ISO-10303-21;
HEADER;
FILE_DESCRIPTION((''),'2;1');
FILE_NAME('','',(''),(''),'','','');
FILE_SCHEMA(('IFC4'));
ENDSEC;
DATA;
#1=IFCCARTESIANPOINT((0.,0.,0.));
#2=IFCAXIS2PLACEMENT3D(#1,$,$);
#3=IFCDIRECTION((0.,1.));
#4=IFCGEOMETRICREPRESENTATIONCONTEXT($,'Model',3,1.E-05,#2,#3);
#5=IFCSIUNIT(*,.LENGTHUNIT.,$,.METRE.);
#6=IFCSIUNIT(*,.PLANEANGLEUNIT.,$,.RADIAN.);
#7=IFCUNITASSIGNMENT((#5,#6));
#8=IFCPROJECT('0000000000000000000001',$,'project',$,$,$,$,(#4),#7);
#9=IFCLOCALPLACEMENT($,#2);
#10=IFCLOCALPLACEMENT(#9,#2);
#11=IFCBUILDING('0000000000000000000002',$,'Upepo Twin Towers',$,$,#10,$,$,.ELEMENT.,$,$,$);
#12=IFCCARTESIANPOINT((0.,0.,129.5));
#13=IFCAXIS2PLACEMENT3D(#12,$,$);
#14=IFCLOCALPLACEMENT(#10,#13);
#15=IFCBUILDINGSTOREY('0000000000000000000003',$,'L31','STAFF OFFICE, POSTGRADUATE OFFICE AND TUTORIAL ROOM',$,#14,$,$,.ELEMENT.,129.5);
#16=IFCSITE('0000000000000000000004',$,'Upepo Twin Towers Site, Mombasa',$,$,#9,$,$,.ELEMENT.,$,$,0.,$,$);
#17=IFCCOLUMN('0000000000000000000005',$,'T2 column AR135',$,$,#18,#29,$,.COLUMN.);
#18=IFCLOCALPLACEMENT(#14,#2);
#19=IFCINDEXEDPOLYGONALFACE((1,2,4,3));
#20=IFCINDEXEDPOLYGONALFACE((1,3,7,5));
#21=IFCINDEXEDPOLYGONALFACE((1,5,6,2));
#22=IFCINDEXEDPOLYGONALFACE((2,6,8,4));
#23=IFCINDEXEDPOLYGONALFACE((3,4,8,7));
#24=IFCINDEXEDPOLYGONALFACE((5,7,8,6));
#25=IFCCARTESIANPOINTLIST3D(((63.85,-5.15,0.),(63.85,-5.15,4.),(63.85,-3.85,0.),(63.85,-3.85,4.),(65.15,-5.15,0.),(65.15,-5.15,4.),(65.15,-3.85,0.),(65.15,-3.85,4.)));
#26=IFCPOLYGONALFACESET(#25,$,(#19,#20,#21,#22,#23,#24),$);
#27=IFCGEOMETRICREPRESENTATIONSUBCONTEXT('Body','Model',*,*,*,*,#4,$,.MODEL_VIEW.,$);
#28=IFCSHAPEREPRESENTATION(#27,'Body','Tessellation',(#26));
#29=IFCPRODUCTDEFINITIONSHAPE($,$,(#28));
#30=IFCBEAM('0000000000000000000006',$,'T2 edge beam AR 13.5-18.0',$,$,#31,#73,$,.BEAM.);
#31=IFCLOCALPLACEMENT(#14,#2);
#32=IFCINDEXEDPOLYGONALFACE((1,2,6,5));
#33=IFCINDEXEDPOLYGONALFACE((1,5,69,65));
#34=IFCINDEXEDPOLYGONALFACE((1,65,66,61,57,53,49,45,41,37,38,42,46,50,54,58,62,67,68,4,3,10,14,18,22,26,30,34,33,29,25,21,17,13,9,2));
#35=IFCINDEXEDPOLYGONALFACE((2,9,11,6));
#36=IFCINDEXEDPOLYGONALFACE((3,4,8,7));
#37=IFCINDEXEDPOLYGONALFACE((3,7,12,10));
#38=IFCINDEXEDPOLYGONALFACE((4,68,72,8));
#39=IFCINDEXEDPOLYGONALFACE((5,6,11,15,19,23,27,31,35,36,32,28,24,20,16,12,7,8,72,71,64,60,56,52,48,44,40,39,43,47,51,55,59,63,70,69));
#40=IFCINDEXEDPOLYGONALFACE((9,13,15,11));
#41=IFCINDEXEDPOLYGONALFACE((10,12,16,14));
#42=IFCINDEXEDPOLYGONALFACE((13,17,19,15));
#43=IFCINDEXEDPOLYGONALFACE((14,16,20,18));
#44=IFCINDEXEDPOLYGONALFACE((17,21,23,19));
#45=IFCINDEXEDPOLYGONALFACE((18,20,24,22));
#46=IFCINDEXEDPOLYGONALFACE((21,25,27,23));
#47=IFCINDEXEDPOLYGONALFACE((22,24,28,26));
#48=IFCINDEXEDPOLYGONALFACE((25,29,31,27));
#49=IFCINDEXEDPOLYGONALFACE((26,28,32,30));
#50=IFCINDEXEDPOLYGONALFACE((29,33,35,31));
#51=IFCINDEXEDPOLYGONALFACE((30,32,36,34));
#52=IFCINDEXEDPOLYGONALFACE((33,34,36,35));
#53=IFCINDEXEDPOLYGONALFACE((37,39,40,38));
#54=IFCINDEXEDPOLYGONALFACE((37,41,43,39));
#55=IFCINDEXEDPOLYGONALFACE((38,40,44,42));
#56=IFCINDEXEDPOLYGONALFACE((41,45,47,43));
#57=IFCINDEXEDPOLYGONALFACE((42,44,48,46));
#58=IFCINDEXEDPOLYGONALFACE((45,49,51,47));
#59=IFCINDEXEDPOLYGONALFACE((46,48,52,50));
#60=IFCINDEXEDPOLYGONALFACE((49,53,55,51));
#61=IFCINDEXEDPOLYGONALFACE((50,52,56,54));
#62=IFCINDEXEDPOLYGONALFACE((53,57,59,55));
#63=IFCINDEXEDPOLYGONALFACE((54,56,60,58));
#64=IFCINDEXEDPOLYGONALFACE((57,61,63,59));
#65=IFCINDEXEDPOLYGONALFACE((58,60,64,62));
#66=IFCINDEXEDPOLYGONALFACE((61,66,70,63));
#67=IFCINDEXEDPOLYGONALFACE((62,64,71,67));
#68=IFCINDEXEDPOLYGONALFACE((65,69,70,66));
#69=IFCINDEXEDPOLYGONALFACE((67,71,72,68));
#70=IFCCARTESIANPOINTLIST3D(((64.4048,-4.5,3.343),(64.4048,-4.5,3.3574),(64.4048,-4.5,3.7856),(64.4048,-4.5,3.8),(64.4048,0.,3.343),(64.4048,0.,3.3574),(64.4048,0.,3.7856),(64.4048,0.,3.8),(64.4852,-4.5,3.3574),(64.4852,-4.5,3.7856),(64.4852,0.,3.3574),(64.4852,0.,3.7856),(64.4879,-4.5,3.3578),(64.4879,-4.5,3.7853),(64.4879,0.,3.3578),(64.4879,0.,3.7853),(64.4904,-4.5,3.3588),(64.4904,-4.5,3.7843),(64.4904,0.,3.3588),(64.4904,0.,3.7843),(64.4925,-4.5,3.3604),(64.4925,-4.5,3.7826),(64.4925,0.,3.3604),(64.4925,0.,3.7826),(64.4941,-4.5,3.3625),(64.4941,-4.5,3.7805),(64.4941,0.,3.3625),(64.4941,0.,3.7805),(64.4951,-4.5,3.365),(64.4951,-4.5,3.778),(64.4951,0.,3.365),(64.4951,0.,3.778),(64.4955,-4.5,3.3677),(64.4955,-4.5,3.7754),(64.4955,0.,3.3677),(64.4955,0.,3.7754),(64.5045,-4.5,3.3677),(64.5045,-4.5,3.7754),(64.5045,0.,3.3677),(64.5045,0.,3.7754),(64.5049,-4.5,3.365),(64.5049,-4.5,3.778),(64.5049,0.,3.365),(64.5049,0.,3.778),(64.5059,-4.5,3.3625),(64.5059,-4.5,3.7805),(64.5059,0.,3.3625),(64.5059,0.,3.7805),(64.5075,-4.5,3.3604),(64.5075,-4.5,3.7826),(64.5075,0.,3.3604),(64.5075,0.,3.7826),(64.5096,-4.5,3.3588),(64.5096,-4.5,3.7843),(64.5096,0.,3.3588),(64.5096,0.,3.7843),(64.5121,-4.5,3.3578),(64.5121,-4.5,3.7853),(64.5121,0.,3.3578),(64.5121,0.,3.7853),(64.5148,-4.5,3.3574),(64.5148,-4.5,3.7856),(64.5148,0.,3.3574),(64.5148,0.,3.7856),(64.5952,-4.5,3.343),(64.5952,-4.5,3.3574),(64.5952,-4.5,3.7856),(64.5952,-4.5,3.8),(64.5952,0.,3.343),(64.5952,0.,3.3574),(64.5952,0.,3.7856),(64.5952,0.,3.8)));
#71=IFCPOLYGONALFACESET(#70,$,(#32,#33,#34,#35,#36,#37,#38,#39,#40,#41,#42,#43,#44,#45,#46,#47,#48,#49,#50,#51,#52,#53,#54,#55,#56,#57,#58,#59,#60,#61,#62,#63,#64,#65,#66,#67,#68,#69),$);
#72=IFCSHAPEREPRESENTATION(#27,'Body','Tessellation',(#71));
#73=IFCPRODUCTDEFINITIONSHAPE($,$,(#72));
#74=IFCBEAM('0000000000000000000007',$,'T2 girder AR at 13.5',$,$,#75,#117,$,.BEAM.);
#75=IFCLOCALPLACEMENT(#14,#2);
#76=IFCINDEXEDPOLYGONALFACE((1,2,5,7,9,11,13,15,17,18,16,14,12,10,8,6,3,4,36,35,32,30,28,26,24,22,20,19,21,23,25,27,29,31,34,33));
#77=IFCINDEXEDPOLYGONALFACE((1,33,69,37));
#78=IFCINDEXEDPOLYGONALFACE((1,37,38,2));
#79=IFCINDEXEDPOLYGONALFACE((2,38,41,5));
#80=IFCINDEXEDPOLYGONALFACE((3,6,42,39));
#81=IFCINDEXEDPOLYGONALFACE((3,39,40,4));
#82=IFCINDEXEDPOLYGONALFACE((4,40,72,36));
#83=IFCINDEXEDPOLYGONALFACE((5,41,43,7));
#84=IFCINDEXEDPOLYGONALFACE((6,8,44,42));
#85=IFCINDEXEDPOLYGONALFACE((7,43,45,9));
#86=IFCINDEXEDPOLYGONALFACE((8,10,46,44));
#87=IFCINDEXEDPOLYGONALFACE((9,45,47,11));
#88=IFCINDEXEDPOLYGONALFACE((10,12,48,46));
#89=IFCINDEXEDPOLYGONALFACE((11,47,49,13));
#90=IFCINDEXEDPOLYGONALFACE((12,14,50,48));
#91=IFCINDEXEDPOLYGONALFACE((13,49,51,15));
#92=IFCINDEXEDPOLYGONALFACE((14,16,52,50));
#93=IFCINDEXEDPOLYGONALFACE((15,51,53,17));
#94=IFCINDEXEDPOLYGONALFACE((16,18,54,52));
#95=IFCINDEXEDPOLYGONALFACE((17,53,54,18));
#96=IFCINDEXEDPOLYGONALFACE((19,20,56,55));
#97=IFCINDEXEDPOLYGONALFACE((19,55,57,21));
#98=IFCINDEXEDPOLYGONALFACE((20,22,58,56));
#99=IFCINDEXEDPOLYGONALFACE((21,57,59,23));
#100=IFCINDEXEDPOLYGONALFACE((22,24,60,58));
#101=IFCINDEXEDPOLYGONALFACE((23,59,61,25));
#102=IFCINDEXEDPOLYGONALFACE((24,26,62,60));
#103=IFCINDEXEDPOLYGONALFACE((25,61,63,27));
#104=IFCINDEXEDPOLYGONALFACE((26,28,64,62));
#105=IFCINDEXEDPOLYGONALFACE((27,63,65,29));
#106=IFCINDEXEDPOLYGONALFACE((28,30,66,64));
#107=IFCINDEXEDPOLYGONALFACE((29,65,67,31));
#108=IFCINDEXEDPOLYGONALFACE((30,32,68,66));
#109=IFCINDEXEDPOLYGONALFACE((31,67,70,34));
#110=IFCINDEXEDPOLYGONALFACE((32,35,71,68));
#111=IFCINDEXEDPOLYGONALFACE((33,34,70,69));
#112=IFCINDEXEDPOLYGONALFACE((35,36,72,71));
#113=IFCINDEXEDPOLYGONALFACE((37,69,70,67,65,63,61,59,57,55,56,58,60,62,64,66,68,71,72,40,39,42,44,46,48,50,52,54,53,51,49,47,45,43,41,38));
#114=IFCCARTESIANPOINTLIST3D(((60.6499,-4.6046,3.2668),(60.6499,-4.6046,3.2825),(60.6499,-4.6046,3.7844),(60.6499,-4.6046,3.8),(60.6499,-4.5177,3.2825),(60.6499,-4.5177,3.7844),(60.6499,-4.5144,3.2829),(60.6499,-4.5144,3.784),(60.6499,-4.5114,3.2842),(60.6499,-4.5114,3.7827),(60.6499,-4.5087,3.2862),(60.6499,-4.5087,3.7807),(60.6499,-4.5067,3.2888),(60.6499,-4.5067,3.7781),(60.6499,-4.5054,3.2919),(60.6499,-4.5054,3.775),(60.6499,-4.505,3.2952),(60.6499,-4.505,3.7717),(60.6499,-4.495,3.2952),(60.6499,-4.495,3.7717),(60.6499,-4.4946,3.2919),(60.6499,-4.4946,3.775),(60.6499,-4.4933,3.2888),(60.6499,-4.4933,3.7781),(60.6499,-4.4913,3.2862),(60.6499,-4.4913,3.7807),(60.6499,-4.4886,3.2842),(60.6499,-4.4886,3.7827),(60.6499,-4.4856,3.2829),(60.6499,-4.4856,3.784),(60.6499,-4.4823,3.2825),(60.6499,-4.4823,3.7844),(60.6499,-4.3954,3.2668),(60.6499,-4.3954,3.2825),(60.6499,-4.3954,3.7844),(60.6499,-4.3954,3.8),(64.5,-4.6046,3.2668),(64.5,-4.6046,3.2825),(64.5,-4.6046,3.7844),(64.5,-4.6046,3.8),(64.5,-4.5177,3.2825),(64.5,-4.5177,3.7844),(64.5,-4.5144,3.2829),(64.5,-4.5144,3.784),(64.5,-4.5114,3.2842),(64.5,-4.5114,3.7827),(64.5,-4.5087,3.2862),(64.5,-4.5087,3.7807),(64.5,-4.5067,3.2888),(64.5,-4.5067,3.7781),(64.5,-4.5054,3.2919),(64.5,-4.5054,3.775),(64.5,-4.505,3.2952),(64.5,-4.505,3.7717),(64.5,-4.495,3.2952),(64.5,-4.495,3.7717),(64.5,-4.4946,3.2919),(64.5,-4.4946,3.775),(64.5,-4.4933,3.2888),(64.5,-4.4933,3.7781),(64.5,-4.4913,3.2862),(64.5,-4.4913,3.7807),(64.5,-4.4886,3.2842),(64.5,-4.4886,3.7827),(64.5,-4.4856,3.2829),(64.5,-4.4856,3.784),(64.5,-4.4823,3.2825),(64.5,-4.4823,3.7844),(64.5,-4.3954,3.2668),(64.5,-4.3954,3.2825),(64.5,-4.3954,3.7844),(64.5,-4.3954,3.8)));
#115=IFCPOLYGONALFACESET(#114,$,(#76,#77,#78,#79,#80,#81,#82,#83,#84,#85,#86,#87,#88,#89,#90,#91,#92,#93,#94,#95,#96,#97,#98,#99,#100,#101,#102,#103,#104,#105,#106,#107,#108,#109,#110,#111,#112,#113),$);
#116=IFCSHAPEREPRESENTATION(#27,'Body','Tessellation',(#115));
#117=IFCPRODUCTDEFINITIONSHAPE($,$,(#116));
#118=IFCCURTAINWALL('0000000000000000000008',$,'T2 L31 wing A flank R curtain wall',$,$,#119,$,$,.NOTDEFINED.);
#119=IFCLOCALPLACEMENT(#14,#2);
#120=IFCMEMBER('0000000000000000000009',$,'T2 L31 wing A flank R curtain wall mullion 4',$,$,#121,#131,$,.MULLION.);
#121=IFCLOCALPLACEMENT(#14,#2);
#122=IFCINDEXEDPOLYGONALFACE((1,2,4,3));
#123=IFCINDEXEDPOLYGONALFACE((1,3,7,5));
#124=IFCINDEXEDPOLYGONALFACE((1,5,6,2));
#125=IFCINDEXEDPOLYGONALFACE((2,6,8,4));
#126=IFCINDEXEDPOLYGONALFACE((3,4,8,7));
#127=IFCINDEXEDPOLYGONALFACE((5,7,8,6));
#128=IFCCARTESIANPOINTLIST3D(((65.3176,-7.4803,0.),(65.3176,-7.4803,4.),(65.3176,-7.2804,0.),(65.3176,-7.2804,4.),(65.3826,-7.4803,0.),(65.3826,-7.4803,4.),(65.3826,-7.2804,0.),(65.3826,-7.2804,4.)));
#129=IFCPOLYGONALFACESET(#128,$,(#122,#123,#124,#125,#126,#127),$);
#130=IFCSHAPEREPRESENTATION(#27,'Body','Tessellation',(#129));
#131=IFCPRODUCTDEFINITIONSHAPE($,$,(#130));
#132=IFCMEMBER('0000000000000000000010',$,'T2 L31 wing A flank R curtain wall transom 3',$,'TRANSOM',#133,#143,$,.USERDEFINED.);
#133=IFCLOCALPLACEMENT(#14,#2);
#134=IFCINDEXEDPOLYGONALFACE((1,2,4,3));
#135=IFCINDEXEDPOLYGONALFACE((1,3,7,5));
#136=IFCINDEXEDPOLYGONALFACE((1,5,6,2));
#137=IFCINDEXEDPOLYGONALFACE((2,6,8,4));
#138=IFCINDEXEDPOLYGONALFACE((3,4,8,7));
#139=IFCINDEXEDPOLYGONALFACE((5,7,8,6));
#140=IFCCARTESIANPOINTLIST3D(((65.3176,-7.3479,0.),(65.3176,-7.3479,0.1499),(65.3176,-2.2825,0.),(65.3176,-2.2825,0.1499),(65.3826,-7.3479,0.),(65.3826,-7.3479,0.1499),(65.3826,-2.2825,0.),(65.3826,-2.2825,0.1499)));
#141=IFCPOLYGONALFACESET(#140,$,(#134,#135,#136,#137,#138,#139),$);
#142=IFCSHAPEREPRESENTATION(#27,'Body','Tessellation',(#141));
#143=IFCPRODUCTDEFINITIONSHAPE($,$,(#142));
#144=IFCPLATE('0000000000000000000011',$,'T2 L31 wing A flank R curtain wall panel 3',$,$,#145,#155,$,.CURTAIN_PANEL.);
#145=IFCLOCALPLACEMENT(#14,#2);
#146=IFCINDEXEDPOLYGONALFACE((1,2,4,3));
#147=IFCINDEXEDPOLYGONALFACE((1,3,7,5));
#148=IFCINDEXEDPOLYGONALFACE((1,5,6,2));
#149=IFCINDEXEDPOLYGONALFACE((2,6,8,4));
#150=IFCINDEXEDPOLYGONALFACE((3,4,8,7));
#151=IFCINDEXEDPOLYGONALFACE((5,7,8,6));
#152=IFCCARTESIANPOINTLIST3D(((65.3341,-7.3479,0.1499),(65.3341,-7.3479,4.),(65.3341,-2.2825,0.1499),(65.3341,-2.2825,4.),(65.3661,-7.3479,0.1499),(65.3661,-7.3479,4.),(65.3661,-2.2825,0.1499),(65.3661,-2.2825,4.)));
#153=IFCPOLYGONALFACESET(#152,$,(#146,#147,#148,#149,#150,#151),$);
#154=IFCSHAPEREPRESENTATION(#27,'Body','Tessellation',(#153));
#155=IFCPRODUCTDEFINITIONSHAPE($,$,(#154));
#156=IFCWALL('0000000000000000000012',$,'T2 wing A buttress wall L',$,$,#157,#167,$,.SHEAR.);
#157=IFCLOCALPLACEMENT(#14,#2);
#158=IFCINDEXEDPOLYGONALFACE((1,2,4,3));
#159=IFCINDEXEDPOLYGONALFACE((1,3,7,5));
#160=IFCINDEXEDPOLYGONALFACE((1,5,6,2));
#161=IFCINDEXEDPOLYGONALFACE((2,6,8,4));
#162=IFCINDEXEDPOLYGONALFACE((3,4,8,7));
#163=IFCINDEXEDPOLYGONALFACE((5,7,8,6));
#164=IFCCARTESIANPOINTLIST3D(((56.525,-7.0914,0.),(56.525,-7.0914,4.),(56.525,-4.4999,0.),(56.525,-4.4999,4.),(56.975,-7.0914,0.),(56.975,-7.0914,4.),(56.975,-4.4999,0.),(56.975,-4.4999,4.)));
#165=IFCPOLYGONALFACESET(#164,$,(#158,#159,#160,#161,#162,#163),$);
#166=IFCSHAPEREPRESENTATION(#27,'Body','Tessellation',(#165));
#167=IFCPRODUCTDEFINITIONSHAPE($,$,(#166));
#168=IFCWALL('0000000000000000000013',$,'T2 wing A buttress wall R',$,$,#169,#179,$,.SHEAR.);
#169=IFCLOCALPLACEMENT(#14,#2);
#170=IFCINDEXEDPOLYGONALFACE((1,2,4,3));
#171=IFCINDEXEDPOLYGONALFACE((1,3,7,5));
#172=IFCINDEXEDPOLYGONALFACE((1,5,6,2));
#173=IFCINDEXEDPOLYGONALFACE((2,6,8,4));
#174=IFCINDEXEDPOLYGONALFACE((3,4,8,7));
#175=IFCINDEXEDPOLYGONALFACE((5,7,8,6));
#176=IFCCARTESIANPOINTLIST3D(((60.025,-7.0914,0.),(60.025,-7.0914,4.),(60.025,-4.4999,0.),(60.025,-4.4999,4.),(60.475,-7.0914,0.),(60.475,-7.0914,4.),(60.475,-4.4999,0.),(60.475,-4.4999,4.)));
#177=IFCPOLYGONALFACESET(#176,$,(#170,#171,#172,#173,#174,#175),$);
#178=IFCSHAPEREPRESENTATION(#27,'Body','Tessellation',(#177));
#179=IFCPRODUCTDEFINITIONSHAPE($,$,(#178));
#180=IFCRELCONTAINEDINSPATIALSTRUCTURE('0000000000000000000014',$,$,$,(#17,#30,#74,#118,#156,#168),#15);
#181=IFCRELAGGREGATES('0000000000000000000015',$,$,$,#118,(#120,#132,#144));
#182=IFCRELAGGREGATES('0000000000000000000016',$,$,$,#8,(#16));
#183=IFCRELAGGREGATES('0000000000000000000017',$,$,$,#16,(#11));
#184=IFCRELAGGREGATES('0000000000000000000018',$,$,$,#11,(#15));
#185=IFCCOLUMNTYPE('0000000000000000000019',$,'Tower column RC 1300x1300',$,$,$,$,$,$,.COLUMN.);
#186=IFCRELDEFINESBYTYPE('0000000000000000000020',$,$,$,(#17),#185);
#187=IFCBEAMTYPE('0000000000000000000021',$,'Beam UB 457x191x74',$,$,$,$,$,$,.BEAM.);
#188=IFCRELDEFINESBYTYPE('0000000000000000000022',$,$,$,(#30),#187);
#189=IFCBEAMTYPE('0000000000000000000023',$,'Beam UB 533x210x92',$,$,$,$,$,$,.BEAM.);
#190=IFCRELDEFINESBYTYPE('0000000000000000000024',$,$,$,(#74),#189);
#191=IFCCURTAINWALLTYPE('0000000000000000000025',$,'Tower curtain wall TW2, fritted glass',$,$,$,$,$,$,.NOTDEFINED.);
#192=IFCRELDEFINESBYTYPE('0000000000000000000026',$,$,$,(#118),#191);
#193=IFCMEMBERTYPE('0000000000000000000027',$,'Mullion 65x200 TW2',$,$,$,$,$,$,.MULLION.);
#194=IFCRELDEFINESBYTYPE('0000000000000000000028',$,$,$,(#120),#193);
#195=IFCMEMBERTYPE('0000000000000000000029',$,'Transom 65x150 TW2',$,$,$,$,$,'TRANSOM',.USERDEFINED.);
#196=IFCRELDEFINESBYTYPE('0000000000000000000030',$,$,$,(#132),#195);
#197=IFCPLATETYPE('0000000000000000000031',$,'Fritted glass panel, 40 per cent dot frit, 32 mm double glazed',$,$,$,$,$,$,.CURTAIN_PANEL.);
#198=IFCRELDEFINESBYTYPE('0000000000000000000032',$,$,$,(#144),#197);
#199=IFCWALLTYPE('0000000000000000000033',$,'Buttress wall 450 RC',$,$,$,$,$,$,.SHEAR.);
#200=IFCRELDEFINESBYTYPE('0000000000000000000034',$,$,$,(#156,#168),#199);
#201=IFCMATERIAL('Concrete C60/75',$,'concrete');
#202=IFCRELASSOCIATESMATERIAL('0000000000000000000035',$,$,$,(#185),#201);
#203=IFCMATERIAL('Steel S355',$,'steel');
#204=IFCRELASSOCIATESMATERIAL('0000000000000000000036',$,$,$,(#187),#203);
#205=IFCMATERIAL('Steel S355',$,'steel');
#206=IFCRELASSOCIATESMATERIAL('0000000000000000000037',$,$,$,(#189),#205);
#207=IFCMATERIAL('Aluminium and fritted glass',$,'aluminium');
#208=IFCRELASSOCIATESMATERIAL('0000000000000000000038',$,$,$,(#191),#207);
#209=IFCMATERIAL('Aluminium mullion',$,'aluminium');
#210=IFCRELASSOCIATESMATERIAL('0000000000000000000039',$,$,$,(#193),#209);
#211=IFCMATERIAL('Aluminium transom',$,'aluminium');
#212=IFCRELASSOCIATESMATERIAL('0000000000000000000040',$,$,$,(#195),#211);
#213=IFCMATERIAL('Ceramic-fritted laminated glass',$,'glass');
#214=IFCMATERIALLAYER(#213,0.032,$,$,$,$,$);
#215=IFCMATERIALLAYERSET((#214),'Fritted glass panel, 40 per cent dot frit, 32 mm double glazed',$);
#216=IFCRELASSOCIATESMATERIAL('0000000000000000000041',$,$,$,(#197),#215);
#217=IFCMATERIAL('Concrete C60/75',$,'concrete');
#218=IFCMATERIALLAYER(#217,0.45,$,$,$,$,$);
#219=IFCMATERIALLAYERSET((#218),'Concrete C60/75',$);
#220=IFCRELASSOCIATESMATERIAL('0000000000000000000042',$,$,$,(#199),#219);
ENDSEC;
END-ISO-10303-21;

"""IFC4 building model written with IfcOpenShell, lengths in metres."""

from ifc_helpers import new_model, si_unit, direction, frame, frame_2d, origin, origin_2d, place, context, subcontext, project, spatial, rectangle, i_section, extrude, material, layer, layer_set, material_profile, profile_set, type_object, element, aggregate, save


model = new_model("IFC4")

# Units and contexts
model_context = context("Model", 3, precision=1e-05, world=origin(), true_north=direction((0.0, 1.0)))
body_context = subcontext(model_context, "Body", "Model", "MODEL_VIEW")
ifc_project = project(units=[si_unit("LENGTHUNIT", "METRE"), si_unit("PLANEANGLEUNIT", "RADIAN")], contexts=[model_context])

# Site, building, storey
site_placement = place(None, origin())
site = spatial("IfcSite", under=ifc_project, at=site_placement, Name="Upepo Twin Towers Site, Mombasa", CompositionType="ELEMENT", RefElevation=0.0)
building_placement = place(site_placement, origin())
building = spatial("IfcBuilding", under=site, at=building_placement, Name="Upepo Twin Towers", CompositionType="ELEMENT")
storey_placement = place(building_placement, frame((0.0, 0.0, 129.5)))
storey = spatial("IfcBuildingStorey", under=building, at=storey_placement, Name="L31", Description="STAFF OFFICE, POSTGRADUATE OFFICE AND TUTORIAL ROOM", CompositionType="ELEMENT", Elevation=129.5)

# Column
ifc_material_1 = material(Name="Concrete C60/75", Category="concrete")
ifc_material_profile_1 = material_profile(ifc_material_1, rectangle(XDim=1.3, YDim=1.3, at=origin_2d()), Name="RC 1300x1300")
ifc_profile_set_1 = profile_set([ifc_material_profile_1], Name="Concrete C60/75")
column_type = type_object("IfcColumnType", Name="Tower column RC 1300x1300", PredefinedType="COLUMN", material=ifc_profile_set_1)
column_placement = place(storey_placement, frame((64.5, -4.5, 0.0), z_axis=(0.0, 0.0, 1.0), x_axis=(1.0, 0.0, 0.0)))
element("IfcColumn", 1, at=column_placement, inside=storey, type_object=column_type, Name="T2 column AR135", PredefinedType="COLUMN", context=body_context, shape_type="SweptSolid", body=[
    extrude(rectangle(XDim=1.3, YDim=1.3, at=origin_2d()), origin(), (0.0, 0.0, 1.0), 4.0),
])

# Beams
ifc_material_2 = material(Name="Steel S355", Category="steel")
ifc_material_profile_2 = material_profile(ifc_material_2, i_section(OverallWidth=0.1904, OverallDepth=0.457, WebThickness=0.009, FlangeThickness=0.0144, FilletRadius=0.0103, at=origin_2d()), Name="UB 457x191x74")
ifc_profile_set_2 = profile_set([ifc_material_profile_2], Name="Steel S355")
beam_type_1 = type_object("IfcBeamType", Name="Beam UB 457x191x74", PredefinedType="BEAM", material=ifc_profile_set_2)
beam_1_placement = place(storey_placement, frame((64.5, -4.5, 3.5715), z_axis=(0.0, 1.0, 0.0), x_axis=(-1.0, 0.0, 0.0)))
element("IfcBeam", 2, at=beam_1_placement, inside=storey, type_object=beam_type_1, Name="T2 edge beam AR 13.5-18.0", PredefinedType="BEAM", context=body_context, shape_type="SweptSolid", body=[
    extrude(i_section(OverallWidth=0.1904, OverallDepth=0.457, WebThickness=0.009, FlangeThickness=0.0144, FilletRadius=0.0103, at=origin_2d()), origin(), (0.0, 0.0, 1.0), 4.5),
])
ifc_material_3 = material(Name="Steel S355", Category="steel")
ifc_material_profile_3 = material_profile(ifc_material_3, i_section(OverallWidth=0.2092, OverallDepth=0.5332, WebThickness=0.01, FlangeThickness=0.0156, FilletRadius=0.0127, at=origin_2d()), Name="UB 533x210x92")
ifc_profile_set_3 = profile_set([ifc_material_profile_3], Name="Steel S355")
beam_type_2 = type_object("IfcBeamType", Name="Beam UB 533x210x92", PredefinedType="BEAM", material=ifc_profile_set_3)
beam_2_placement = place(storey_placement, frame((64.5, -4.5, 3.5334), z_axis=(-1.0, 0.0, 0.0), x_axis=(0.0, -1.0, 0.0)))
element("IfcBeam", 3, at=beam_2_placement, inside=storey, type_object=beam_type_2, Name="T2 girder AR at 13.5", PredefinedType="BEAM", context=body_context, shape_type="SweptSolid", body=[
    extrude(i_section(OverallWidth=0.2092, OverallDepth=0.5332, WebThickness=0.01, FlangeThickness=0.0156, FilletRadius=0.0127, at=origin_2d()), origin(), (0.0, 0.0, 1.0), 3.8501),
])

# Curtain wall, members, plate
ifc_material_4 = material(Name="Aluminium and fritted glass", Category="aluminium")
curtain_wall_type = type_object("IfcCurtainWallType", Name="Tower curtain wall TW2, fritted glass", PredefinedType="NOTDEFINED", material=ifc_material_4)
curtain_wall_placement = place(storey_placement, origin())
curtain_wall = element("IfcCurtainWall", 4, at=curtain_wall_placement, inside=storey, type_object=curtain_wall_type, Name="T2 L31 wing A flank R curtain wall", PredefinedType="NOTDEFINED")
ifc_material_5 = material(Name="Aluminium mullion", Category="aluminium")
ifc_material_profile_4 = material_profile(ifc_material_5, rectangle(XDim=0.0649, YDim=0.2, at=origin_2d()), Name="MULLION 65x200")
ifc_profile_set_4 = profile_set([ifc_material_profile_4], Name="Aluminium mullion")
member_type_1 = type_object("IfcMemberType", Name="Mullion 65x200 TW2", PredefinedType="MULLION", material=ifc_profile_set_4)
member_1_placement = place(storey_placement, frame((65.3501, -7.3804, 0.0), z_axis=(0.0, 0.0, 1.0), x_axis=(1.0, 0.0, 0.0)))
member_1 = element("IfcMember", 5, at=member_1_placement, type_object=member_type_1, Name="T2 L31 wing A flank R curtain wall mullion 4", PredefinedType="MULLION", context=body_context, shape_type="SweptSolid", body=[
    extrude(rectangle(XDim=0.0649, YDim=0.2, at=origin_2d()), origin(), (0.0, 0.0, 1.0), 4.0),
])
ifc_material_6 = material(Name="Aluminium transom", Category="aluminium")
ifc_material_profile_5 = material_profile(ifc_material_6, rectangle(XDim=0.0649, YDim=0.1499, at=origin_2d()), Name="TRANSOM 65x150")
ifc_profile_set_5 = profile_set([ifc_material_profile_5], Name="Aluminium transom")
member_type_2 = type_object("IfcMemberType", Name="Transom 65x150 TW2", ElementType="TRANSOM", PredefinedType="USERDEFINED", material=ifc_profile_set_5)
member_2_placement = place(storey_placement, frame((65.3501, -2.2825, 0.075), z_axis=(0.0, -1.0, 0.0), x_axis=(1.0, 0.0, 0.0)))
member_2 = element("IfcMember", 6, at=member_2_placement, type_object=member_type_2, Name="T2 L31 wing A flank R curtain wall transom 3", ObjectType="TRANSOM", PredefinedType="USERDEFINED", context=body_context, shape_type="SweptSolid", body=[
    extrude(rectangle(XDim=0.0649, YDim=0.1499, at=origin_2d()), origin(), (0.0, 0.0, 1.0), 5.0654),
])
ifc_material_7 = material(Name="Ceramic-fritted laminated glass", Category="glass")
ifc_layer_1 = layer(ifc_material_7, 0.032)
ifc_layer_set_1 = layer_set([ifc_layer_1], Name="Fritted glass panel, 40 per cent dot frit, 32 mm double glazed")
plate_type = type_object("IfcPlateType", Name="Fritted glass panel, 40 per cent dot frit, 32 mm double glazed", PredefinedType="CURTAIN_PANEL", material=ifc_layer_set_1)
plate_placement = place(storey_placement, frame((65.3501, -4.8152, 0.1499), z_axis=(0.0, 0.0, 1.0), x_axis=(0.0, -1.0, 0.0)))
plate = element("IfcPlate", 7, at=plate_placement, type_object=plate_type, Name="T2 L31 wing A flank R curtain wall panel 3", PredefinedType="CURTAIN_PANEL", context=body_context, shape_type="SweptSolid", body=[
    extrude(rectangle(XDim=5.0654, YDim=0.032, at=origin_2d()), origin(), (0.0, 0.0, 1.0), 3.8501),
])
aggregate(curtain_wall, [member_1, member_2, plate])

# Walls
ifc_material_8 = material(Name="Concrete C60/75", Category="concrete")
ifc_layer_2 = layer(ifc_material_8, 0.45)
ifc_layer_set_2 = layer_set([ifc_layer_2], Name="Concrete C60/75")
wall_type_1 = type_object("IfcWallType", Name="Buttress wall 450 RC", PredefinedType="SHEAR", material=ifc_layer_set_2)
for number, where, z_axis, x_axis, name in (
    (8, (56.75, -7.0916, 0.0), (0.0, 0.0, 1.0), (0.0, 1.0, 0.0), "T2 wing A buttress wall L"),
    (9, (60.25, -7.0916, 0.0), (0.0, 0.0, 1.0), (0.0, 1.0, 0.0), "T2 wing A buttress wall R"),
):
    element("IfcWall", number, at=place(storey_placement, frame(where, z_axis=z_axis, x_axis=x_axis)), inside=storey, type_object=wall_type_1, Name=name, PredefinedType="SHEAR", context=body_context, shape_type="SweptSolid", body=[
        extrude(rectangle(XDim=2.5916, YDim=0.45, at=frame_2d((1.2959, 0.0))), origin(), (0.0, 0.0, 1.0), 4.0),
    ])

save(model, "model.ifc")
